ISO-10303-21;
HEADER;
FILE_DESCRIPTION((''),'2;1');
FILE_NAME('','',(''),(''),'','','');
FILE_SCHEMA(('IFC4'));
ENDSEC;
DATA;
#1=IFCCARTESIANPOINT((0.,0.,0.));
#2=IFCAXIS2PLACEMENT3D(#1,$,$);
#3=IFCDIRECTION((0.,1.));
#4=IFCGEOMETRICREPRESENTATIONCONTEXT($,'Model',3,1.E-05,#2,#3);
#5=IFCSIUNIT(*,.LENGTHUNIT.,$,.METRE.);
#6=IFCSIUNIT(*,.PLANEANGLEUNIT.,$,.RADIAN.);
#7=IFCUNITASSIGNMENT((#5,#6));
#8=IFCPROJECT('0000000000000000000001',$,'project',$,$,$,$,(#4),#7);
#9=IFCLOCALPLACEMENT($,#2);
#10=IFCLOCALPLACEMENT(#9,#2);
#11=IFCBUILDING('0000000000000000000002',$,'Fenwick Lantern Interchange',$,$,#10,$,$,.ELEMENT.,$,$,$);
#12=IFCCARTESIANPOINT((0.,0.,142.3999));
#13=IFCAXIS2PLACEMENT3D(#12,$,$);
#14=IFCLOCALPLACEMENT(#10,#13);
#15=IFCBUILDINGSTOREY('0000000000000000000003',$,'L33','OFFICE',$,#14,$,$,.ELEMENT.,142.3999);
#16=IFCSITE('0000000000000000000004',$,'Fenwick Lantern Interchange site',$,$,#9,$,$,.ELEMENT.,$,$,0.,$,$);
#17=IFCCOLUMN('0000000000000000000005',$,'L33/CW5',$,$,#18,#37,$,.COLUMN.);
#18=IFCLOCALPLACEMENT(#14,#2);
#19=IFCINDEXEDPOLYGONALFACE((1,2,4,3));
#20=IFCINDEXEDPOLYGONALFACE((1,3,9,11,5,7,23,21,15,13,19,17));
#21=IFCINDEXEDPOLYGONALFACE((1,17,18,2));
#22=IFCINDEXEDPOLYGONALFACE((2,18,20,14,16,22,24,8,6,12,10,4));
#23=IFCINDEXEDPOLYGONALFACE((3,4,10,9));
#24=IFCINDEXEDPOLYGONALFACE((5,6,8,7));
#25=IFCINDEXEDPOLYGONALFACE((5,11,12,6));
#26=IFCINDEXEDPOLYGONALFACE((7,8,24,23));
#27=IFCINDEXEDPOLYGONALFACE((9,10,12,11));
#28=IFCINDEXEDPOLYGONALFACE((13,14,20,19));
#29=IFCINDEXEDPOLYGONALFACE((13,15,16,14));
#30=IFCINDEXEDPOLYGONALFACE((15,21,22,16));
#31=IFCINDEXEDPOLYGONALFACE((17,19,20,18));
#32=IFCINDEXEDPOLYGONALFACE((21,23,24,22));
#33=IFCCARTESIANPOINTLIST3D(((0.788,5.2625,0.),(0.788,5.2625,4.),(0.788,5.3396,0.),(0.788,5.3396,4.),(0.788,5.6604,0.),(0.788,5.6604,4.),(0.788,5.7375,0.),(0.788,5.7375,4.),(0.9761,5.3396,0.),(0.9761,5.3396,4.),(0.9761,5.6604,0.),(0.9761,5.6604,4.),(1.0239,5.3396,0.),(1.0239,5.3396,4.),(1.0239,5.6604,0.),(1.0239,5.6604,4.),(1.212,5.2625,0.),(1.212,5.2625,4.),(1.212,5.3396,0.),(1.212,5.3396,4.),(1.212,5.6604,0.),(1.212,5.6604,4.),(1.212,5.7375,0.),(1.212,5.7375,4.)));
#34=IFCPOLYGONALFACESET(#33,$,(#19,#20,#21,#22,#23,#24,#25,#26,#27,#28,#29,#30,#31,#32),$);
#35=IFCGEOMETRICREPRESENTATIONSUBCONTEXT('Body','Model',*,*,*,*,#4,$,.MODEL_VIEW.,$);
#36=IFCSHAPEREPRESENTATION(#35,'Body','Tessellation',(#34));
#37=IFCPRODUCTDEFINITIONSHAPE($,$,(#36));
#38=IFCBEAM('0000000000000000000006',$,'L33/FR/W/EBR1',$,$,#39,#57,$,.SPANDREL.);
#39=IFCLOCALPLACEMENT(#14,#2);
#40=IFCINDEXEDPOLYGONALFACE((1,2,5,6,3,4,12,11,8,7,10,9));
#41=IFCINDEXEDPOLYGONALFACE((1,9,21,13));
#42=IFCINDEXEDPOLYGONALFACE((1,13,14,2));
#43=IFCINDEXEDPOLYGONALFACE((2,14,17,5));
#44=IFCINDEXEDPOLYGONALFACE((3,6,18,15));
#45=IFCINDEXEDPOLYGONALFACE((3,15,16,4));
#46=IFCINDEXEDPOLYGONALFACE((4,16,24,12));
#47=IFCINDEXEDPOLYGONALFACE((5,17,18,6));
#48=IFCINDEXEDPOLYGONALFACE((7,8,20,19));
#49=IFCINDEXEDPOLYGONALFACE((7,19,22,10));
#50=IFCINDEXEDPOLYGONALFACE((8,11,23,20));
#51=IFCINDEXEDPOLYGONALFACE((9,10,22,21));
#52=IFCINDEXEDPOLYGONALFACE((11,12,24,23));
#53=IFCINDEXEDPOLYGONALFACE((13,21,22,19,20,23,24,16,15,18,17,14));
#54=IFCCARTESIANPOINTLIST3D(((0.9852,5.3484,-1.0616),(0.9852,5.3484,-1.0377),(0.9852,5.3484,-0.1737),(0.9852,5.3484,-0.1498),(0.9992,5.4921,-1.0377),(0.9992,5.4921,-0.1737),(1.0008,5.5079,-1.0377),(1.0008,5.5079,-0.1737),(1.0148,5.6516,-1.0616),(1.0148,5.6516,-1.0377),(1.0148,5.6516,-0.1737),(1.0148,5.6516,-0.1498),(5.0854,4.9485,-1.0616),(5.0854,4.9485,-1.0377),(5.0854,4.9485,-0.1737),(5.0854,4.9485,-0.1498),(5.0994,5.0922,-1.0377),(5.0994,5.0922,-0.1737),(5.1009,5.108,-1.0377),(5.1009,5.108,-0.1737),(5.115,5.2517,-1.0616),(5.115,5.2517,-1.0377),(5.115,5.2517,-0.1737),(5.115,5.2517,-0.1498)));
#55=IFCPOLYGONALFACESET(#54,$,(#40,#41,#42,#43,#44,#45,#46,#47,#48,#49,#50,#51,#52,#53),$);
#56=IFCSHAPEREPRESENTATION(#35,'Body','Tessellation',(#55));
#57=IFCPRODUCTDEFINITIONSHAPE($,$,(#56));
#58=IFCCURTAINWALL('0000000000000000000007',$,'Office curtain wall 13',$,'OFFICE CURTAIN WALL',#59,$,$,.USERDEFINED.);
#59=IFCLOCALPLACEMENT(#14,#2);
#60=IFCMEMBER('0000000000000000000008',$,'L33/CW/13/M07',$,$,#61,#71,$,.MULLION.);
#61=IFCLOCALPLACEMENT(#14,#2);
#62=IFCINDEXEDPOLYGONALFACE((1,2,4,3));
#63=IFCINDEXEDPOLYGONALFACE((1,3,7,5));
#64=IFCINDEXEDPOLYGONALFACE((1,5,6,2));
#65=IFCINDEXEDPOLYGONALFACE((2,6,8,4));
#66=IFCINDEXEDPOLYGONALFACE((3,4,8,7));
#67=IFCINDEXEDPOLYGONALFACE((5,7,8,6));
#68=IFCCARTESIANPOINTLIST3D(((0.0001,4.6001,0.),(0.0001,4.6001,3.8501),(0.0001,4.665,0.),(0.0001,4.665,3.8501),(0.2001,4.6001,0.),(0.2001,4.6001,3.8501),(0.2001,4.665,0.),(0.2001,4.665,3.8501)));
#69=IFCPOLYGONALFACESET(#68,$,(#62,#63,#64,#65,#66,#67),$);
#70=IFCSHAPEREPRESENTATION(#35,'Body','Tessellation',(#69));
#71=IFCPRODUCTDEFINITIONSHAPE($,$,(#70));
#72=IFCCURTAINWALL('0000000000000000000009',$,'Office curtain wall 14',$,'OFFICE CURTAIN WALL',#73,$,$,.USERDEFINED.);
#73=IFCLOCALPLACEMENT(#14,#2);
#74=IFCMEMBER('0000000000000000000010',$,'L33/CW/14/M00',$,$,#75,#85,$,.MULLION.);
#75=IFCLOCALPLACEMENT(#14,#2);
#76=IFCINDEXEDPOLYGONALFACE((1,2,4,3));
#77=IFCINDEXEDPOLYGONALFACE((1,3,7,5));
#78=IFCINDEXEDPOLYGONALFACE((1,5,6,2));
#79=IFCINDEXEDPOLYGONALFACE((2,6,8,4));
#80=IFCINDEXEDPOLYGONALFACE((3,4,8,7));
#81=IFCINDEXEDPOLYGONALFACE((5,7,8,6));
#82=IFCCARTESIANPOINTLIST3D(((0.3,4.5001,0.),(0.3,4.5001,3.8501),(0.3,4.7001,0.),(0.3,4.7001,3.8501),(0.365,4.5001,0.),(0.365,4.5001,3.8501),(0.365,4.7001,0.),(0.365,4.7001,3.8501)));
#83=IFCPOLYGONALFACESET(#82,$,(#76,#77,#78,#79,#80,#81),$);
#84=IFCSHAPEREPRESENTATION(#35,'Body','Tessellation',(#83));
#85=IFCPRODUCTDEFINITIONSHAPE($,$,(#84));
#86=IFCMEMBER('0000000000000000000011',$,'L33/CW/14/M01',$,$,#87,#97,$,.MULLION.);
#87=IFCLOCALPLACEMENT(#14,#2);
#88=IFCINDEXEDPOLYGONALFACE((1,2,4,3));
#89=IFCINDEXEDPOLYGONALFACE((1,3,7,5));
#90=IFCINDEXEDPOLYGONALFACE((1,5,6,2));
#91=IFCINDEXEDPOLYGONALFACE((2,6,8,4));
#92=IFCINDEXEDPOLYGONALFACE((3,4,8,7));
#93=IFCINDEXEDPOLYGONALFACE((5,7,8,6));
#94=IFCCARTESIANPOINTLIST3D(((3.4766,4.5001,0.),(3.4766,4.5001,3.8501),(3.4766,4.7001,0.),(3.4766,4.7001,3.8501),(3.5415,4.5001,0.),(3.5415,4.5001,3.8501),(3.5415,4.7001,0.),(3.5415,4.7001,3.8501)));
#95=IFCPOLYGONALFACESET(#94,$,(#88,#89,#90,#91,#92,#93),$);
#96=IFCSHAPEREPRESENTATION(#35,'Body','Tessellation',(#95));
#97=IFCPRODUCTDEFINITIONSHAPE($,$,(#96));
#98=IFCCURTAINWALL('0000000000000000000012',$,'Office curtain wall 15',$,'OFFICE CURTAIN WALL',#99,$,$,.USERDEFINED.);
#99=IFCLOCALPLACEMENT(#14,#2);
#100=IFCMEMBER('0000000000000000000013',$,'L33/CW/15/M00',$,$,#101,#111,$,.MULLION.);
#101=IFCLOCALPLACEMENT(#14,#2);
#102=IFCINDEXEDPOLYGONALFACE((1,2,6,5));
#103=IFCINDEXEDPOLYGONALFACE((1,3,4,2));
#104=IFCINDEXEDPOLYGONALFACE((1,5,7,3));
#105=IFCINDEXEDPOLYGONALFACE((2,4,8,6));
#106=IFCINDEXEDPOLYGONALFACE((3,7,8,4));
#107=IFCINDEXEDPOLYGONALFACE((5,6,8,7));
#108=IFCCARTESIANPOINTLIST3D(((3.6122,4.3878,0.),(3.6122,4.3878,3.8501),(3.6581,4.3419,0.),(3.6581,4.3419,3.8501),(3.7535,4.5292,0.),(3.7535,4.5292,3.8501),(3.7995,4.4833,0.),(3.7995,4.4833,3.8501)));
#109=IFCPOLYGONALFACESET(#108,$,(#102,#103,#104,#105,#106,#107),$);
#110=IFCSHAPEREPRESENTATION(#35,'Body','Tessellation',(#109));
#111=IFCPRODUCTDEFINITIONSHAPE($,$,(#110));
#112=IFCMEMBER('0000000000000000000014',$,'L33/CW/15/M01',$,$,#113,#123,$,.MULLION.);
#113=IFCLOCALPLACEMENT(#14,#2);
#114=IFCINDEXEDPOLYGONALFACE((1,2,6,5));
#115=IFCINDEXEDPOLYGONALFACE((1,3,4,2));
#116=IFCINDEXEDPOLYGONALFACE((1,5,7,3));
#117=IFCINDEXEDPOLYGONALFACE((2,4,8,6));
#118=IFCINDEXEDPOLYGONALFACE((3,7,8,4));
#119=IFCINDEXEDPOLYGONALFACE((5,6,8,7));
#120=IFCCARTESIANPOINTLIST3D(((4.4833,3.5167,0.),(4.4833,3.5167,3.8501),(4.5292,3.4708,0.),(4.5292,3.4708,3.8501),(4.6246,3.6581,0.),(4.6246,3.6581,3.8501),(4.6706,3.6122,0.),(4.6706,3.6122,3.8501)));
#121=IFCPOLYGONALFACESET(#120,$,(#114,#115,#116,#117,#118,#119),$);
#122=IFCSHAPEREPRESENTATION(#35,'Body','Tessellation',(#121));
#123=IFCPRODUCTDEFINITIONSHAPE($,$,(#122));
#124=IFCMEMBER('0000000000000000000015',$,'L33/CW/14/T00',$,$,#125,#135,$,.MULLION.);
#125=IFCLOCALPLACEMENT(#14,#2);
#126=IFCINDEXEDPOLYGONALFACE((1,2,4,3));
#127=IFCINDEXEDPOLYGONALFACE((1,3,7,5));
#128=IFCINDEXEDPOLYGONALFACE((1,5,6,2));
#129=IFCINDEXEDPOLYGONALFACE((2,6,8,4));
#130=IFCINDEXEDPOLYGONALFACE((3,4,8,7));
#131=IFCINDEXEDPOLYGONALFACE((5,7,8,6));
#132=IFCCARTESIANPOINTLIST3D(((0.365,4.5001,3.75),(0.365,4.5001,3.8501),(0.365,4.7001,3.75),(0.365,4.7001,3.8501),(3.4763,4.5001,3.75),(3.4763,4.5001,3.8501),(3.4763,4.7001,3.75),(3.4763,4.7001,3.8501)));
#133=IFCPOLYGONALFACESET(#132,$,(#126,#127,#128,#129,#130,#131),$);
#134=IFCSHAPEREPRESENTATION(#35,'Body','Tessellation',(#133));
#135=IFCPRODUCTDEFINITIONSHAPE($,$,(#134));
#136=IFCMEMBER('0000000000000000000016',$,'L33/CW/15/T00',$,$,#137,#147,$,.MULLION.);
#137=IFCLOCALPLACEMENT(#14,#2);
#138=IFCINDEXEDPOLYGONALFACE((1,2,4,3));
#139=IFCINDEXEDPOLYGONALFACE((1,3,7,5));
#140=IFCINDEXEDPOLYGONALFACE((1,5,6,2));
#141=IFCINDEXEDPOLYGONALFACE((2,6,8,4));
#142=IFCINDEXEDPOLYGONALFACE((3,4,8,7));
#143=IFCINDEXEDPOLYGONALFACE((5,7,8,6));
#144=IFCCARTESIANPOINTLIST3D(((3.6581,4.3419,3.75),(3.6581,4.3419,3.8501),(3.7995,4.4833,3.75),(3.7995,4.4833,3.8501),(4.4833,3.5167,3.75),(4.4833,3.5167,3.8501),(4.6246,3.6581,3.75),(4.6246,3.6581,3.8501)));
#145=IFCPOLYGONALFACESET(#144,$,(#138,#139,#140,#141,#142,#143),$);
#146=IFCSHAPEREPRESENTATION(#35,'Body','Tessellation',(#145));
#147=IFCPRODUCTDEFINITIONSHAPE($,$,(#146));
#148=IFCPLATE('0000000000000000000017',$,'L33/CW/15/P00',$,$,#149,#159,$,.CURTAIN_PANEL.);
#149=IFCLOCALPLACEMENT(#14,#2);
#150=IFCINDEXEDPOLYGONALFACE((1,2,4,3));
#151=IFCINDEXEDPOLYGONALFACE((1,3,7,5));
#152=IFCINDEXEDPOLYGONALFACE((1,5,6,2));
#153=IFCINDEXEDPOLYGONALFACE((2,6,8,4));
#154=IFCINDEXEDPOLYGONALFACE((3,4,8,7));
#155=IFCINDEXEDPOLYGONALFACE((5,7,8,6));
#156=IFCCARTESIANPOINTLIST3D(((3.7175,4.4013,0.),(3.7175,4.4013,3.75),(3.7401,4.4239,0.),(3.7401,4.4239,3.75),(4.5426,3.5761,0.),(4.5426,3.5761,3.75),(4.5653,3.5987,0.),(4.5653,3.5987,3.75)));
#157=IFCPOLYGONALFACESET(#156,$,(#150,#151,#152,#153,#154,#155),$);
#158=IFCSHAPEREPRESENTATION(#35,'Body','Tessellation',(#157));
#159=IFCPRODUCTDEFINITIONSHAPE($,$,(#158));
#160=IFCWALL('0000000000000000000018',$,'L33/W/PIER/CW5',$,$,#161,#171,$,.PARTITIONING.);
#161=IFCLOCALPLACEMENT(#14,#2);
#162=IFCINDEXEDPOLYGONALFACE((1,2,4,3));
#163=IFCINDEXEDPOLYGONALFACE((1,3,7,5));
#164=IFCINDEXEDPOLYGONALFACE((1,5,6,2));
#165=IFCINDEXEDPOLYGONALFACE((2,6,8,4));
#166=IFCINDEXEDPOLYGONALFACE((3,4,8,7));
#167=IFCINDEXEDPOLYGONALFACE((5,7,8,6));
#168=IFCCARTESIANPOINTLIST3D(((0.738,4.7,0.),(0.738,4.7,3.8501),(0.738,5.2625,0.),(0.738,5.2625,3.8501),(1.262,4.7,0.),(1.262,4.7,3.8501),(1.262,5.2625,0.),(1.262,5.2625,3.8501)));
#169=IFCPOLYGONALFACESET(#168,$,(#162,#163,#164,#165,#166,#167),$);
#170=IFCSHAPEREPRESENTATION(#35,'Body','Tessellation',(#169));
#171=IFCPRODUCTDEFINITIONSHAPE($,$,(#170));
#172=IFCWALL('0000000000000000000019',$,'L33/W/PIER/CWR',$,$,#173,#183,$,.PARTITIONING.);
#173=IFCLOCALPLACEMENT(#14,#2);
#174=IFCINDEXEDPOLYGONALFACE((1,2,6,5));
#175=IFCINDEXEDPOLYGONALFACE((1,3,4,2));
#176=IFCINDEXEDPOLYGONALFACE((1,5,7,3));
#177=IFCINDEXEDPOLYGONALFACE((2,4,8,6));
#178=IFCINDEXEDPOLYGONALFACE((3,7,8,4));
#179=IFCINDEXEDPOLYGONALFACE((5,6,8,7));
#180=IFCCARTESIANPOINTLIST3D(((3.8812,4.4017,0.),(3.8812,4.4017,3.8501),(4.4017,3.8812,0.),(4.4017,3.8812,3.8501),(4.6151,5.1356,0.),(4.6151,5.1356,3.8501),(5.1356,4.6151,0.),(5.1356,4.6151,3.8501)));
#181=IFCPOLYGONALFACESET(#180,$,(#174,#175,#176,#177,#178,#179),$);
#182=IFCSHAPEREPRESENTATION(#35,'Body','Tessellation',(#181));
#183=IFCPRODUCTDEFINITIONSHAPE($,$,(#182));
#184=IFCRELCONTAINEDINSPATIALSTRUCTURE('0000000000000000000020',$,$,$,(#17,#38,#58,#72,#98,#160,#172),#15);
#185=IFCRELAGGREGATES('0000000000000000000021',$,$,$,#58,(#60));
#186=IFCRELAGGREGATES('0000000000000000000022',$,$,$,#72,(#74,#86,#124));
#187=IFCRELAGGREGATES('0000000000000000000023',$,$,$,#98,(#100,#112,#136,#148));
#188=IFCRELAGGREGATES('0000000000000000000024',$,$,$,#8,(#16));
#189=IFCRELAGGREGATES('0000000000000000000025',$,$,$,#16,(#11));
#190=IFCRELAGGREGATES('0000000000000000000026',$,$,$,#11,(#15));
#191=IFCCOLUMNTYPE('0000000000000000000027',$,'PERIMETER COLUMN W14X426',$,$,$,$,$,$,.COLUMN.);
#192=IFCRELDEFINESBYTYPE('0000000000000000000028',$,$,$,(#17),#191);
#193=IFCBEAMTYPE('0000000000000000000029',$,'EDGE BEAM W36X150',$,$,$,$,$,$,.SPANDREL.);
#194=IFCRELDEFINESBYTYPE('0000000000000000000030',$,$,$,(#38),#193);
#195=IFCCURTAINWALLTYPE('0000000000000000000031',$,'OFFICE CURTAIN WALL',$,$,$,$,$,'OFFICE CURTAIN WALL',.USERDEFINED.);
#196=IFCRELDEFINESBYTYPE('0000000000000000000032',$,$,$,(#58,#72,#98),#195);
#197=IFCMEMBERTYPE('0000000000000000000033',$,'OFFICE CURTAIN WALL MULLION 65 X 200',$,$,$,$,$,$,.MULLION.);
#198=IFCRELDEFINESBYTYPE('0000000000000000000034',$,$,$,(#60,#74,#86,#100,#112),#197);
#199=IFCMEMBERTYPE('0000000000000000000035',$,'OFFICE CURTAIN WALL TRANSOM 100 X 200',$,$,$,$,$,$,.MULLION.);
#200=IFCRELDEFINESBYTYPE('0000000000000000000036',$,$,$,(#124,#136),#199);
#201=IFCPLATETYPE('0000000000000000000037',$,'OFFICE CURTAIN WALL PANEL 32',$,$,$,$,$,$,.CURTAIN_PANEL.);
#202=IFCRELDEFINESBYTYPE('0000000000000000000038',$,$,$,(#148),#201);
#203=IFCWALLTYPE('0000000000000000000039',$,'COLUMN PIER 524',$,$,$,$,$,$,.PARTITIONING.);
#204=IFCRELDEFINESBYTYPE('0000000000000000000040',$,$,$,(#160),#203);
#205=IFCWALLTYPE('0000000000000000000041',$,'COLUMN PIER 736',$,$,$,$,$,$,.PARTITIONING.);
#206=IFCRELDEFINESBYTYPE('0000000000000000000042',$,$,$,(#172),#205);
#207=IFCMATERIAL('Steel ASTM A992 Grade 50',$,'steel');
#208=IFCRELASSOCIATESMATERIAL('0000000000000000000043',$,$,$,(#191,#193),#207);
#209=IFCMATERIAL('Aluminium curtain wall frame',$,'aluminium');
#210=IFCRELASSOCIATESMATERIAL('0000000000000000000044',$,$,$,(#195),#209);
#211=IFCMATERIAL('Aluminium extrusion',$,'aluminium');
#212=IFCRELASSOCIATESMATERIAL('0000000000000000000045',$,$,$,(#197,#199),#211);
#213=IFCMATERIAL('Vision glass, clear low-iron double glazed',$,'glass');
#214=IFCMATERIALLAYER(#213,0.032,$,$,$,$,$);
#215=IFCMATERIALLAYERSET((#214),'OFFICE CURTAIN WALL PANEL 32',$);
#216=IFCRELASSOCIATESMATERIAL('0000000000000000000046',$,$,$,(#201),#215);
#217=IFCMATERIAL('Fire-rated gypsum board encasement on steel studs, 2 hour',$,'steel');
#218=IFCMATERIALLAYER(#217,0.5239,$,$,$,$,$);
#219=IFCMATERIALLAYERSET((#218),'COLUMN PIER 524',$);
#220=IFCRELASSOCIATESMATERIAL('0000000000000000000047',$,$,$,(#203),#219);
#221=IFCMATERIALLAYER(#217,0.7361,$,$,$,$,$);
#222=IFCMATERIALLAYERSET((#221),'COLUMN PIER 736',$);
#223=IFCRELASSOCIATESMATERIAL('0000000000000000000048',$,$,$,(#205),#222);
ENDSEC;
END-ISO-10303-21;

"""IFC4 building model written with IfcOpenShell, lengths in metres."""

from ifc_helpers import new_model, si_unit, direction, frame, frame_2d, origin, origin_2d, place, context, subcontext, project, spatial, rectangle, i_section, extrude, material, layer, layer_set, material_profile, profile_set, type_object, element, aggregate, save


model = new_model("IFC4")

# Units and contexts
model_context = context("Model", 3, precision=1e-05, world=origin(), true_north=direction((0.0, 1.0)))
body_context = subcontext(model_context, "Body", "Model", "MODEL_VIEW")
ifc_project = project(units=[si_unit("LENGTHUNIT", "METRE"), si_unit("PLANEANGLEUNIT", "RADIAN")], contexts=[model_context])

# Site, building, storey
site_placement = place(None, origin())
site = spatial("IfcSite", under=ifc_project, at=site_placement, Name="Fenwick Lantern Interchange site", CompositionType="ELEMENT", RefElevation=0.0)
building_placement = place(site_placement, origin())
building = spatial("IfcBuilding", under=site, at=building_placement, Name="Fenwick Lantern Interchange", CompositionType="ELEMENT")
storey_placement = place(building_placement, frame((0.0, 0.0, 142.3999)))
storey = spatial("IfcBuildingStorey", under=building, at=storey_placement, Name="L33", Description="OFFICE", CompositionType="ELEMENT", Elevation=142.3999)

# Column
ifc_material_1 = material(Name="Steel ASTM A992 Grade 50", Category="steel")
ifc_material_profile_1 = material_profile(ifc_material_1, i_section(OverallWidth=0.4241, OverallDepth=0.4751, WebThickness=0.0479, FlangeThickness=0.0771, at=origin_2d()), Name="W14X426")
ifc_profile_set_1 = profile_set([ifc_material_profile_1], Name="Steel ASTM A992 Grade 50")
column_type = type_object("IfcColumnType", Name="PERIMETER COLUMN W14X426", PredefinedType="COLUMN", material=ifc_profile_set_1)
column_placement = place(storey_placement, frame((1.0, 5.5, 0.0), z_axis=(0.0, 0.0, 1.0), x_axis=(1.0, 0.0, 0.0)))
element("IfcColumn", 1, at=column_placement, inside=storey, type_object=column_type, Name="L33/CW5", PredefinedType="COLUMN", context=body_context, shape_type="SweptSolid", body=[
    extrude(i_section(OverallWidth=0.4241, OverallDepth=0.4751, WebThickness=0.0479, FlangeThickness=0.0771, at=origin_2d()), origin(), (0.0, 0.0, 1.0), 4.0),
])

# Beam
ifc_material_profile_2 = material_profile(ifc_material_1, i_section(OverallWidth=0.3047, OverallDepth=0.9119, WebThickness=0.0159, FlangeThickness=0.0239, at=origin_2d()), Name="W36X150")
ifc_profile_set_2 = profile_set([ifc_material_profile_2], Name="Steel ASTM A992 Grade 50")
beam_type = type_object("IfcBeamType", Name="EDGE BEAM W36X150", PredefinedType="SPANDREL", material=ifc_profile_set_2)
beam_placement = place(storey_placement, frame((1.0, 5.5, -0.6057), z_axis=(0.995277, -0.097074, 0.0), x_axis=(0.097074, 0.995277, 0.0)))
element("IfcBeam", 2, at=beam_placement, inside=storey, type_object=beam_type, Name="L33/FR/W/EBR1", PredefinedType="SPANDREL", context=body_context, shape_type="SweptSolid", body=[
    extrude(i_section(OverallWidth=0.3047, OverallDepth=0.9119, WebThickness=0.0159, FlangeThickness=0.0239, at=origin_2d()), origin(), (0.0, 0.0, 1.0), 4.1196),
])

# Curtain wall, member
ifc_material_2 = material(Name="Aluminium curtain wall frame", Category="aluminium")
curtain_wall_type = type_object("IfcCurtainWallType", Name="OFFICE CURTAIN WALL", ElementType="OFFICE CURTAIN WALL", PredefinedType="USERDEFINED", material=ifc_material_2)
curtain_wall_1_placement = place(storey_placement, origin())
curtain_wall_1 = element("IfcCurtainWall", 3, at=curtain_wall_1_placement, inside=storey, type_object=curtain_wall_type, Name="Office curtain wall 13", ObjectType="OFFICE CURTAIN WALL", PredefinedType="USERDEFINED")
ifc_material_3 = material(Name="Aluminium extrusion", Category="aluminium")
ifc_material_profile_3 = material_profile(ifc_material_3, rectangle(XDim=0.2, YDim=0.0649, at=origin_2d()), Name="OFFICE CURTAIN WALL MULLION 65 X 200")
ifc_profile_set_3 = profile_set([ifc_material_profile_3], Name="Aluminium extrusion")
member_type_1 = type_object("IfcMemberType", Name="OFFICE CURTAIN WALL MULLION 65 X 200", PredefinedType="MULLION", material=ifc_profile_set_3)
member_1_placement = place(storey_placement, frame((0.1001, 4.6326, 0.0), z_axis=(0.0, 0.0, 1.0), x_axis=(1.0, 0.0, 0.0)))
member_1 = element("IfcMember", 4, at=member_1_placement, type_object=member_type_1, Name="L33/CW/13/M07", PredefinedType="MULLION", context=body_context, shape_type="SweptSolid", body=[
    extrude(rectangle(XDim=0.2, YDim=0.0649, at=origin_2d()), origin(), (0.0, 0.0, 1.0), 3.8501),
])
aggregate(curtain_wall_1, [member_1])

# Curtain walls, members
curtain_wall_2_placement = place(storey_placement, origin())
curtain_wall_2 = element("IfcCurtainWall", 5, at=curtain_wall_2_placement, inside=storey, type_object=curtain_wall_type, Name="Office curtain wall 14", ObjectType="OFFICE CURTAIN WALL", PredefinedType="USERDEFINED")
member_2_placement = place(storey_placement, frame((0.3325, 4.6001, 0.0), z_axis=(0.0, 0.0, 1.0), x_axis=(0.0, 1.0, 0.0)))
member_2 = element("IfcMember", 6, at=member_2_placement, type_object=member_type_1, Name="L33/CW/14/M00", PredefinedType="MULLION", context=body_context, shape_type="SweptSolid", body=[
    extrude(rectangle(XDim=0.2, YDim=0.0649, at=origin_2d()), origin(), (0.0, 0.0, 1.0), 3.8501),
])
member_3_placement = place(storey_placement, frame((3.509, 4.6001, 0.0), z_axis=(0.0, 0.0, 1.0), x_axis=(0.0, 1.0, 0.0)))
member_3 = element("IfcMember", 7, at=member_3_placement, type_object=member_type_1, Name="L33/CW/14/M01", PredefinedType="MULLION", context=body_context, shape_type="SweptSolid", body=[
    extrude(rectangle(XDim=0.2, YDim=0.0649, at=origin_2d()), origin(), (0.0, 0.0, 1.0), 3.8501),
])
curtain_wall_3_placement = place(storey_placement, origin())
curtain_wall_3 = element("IfcCurtainWall", 8, at=curtain_wall_3_placement, inside=storey, type_object=curtain_wall_type, Name="Office curtain wall 15", ObjectType="OFFICE CURTAIN WALL", PredefinedType="USERDEFINED")
member_4_placement = place(storey_placement, frame((3.7058, 4.4355, 0.0), z_axis=(0.0, 0.0, 1.0), x_axis=(0.707107, 0.707107, 0.0)))
member_4 = element("IfcMember", 9, at=member_4_placement, type_object=member_type_1, Name="L33/CW/15/M00", PredefinedType="MULLION", context=body_context, shape_type="SweptSolid", body=[
    extrude(rectangle(XDim=0.2, YDim=0.0649, at=origin_2d()), origin(), (0.0, 0.0, 1.0), 3.8501),
])
member_5_placement = place(storey_placement, frame((4.5769, 3.5645, 0.0), z_axis=(0.0, 0.0, 1.0), x_axis=(0.707107, 0.707107, 0.0)))
member_5 = element("IfcMember", 10, at=member_5_placement, type_object=member_type_1, Name="L33/CW/15/M01", PredefinedType="MULLION", context=body_context, shape_type="SweptSolid", body=[
    extrude(rectangle(XDim=0.2, YDim=0.0649, at=origin_2d()), origin(), (0.0, 0.0, 1.0), 3.8501),
])

# Members
ifc_material_profile_4 = material_profile(ifc_material_3, rectangle(XDim=0.2, YDim=0.1001, at=origin_2d()), Name="OFFICE CURTAIN WALL TRANSOM 100 X 200")
ifc_profile_set_4 = profile_set([ifc_material_profile_4], Name="Aluminium extrusion")
member_type_2 = type_object("IfcMemberType", Name="OFFICE CURTAIN WALL TRANSOM 100 X 200", PredefinedType="MULLION", material=ifc_profile_set_4)
member_6_placement = place(storey_placement, frame((0.365, 4.6001, 3.8), z_axis=(1.0, 0.0, 0.0), x_axis=(0.0, 1.0, 0.0)))
member_6 = element("IfcMember", 11, at=member_6_placement, type_object=member_type_2, Name="L33/CW/14/T00", PredefinedType="MULLION", context=body_context, shape_type="SweptSolid", body=[
    extrude(rectangle(XDim=0.2, YDim=0.1001, at=origin_2d()), origin(), (0.0, 0.0, 1.0), 3.1113),
])
aggregate(curtain_wall_2, [member_2, member_3, member_6])
member_7_placement = place(storey_placement, frame((3.7288, 4.4126, 3.8), z_axis=(0.707107, -0.707107, 0.0), x_axis=(0.707107, 0.707107, 0.0)))
member_7 = element("IfcMember", 12, at=member_7_placement, type_object=member_type_2, Name="L33/CW/15/T00", PredefinedType="MULLION", context=body_context, shape_type="SweptSolid", body=[
    extrude(rectangle(XDim=0.2, YDim=0.1001, at=origin_2d()), origin(), (0.0, 0.0, 1.0), 1.167),
])

# Shared definitions
ifc_material_4 = material(Name="Vision glass, clear low-iron double glazed", Category="glass")
ifc_layer_1 = layer(ifc_material_4, 0.032)
ifc_layer_set_1 = layer_set([ifc_layer_1], Name="OFFICE CURTAIN WALL PANEL 32")
plate_type = type_object("IfcPlateType", Name="OFFICE CURTAIN WALL PANEL 32", PredefinedType="CURTAIN_PANEL", material=ifc_layer_set_1)

# Plate
plate_1_placement = place(storey_placement, frame((4.1414, 4.0, 0.0), z_axis=(0.0, 0.0, 1.0), x_axis=(0.707107, -0.707107, 0.0)))
plate_1 = element("IfcPlate", 13, at=plate_1_placement, type_object=plate_type, Name="L33/CW/15/P00", PredefinedType="CURTAIN_PANEL", context=body_context, shape_type="SweptSolid", body=[
    extrude(rectangle(XDim=1.167, YDim=0.032, at=origin_2d()), origin(), (0.0, 0.0, 1.0), 3.75),
])
aggregate(curtain_wall_3, [member_4, member_5, member_7, plate_1])

# Walls
ifc_material_5 = material(Name="Fire-rated gypsum board encasement on steel studs, 2 hour", Category="steel")
ifc_layer_2 = layer(ifc_material_5, 0.5239)
ifc_layer_set_2 = layer_set([ifc_layer_2], Name="COLUMN PIER 524")
wall_type_1 = type_object("IfcWallType", Name="COLUMN PIER 524", PredefinedType="PARTITIONING", material=ifc_layer_set_2)
wall_1_placement = place(storey_placement, frame((1.0, 4.7, 0.0), z_axis=(0.0, 0.0, 1.0), x_axis=(0.0, 1.0, 0.0)))
element("IfcWall", 14, at=wall_1_placement, inside=storey, type_object=wall_type_1, Name="L33/W/PIER/CW5", PredefinedType="PARTITIONING", context=body_context, shape_type="SweptSolid", body=[
    extrude(rectangle(XDim=0.5625, YDim=0.5239, at=frame_2d((0.2812, 0.0))), origin(), (0.0, 0.0, 1.0), 3.8501),
])
ifc_layer_3 = layer(ifc_material_5, 0.7361)
ifc_layer_set_3 = layer_set([ifc_layer_3], Name="COLUMN PIER 736")
wall_type_2 = type_object("IfcWallType", Name="COLUMN PIER 736", PredefinedType="PARTITIONING", material=ifc_layer_set_3)
wall_2_placement = place(storey_placement, frame((4.1414, 4.1414, 0.0), z_axis=(0.0, 0.0, 1.0), x_axis=(0.707107, 0.707107, 0.0)))
element("IfcWall", 15, at=wall_2_placement, inside=storey, type_object=wall_type_2, Name="L33/W/PIER/CWR", PredefinedType="PARTITIONING", context=body_context, shape_type="SweptSolid", body=[
    extrude(rectangle(XDim=1.0378, YDim=0.7361, at=frame_2d((0.519, 0.0))), origin(), (0.0, 0.0, 1.0), 3.8501),
])

save(model, "model.ifc")
